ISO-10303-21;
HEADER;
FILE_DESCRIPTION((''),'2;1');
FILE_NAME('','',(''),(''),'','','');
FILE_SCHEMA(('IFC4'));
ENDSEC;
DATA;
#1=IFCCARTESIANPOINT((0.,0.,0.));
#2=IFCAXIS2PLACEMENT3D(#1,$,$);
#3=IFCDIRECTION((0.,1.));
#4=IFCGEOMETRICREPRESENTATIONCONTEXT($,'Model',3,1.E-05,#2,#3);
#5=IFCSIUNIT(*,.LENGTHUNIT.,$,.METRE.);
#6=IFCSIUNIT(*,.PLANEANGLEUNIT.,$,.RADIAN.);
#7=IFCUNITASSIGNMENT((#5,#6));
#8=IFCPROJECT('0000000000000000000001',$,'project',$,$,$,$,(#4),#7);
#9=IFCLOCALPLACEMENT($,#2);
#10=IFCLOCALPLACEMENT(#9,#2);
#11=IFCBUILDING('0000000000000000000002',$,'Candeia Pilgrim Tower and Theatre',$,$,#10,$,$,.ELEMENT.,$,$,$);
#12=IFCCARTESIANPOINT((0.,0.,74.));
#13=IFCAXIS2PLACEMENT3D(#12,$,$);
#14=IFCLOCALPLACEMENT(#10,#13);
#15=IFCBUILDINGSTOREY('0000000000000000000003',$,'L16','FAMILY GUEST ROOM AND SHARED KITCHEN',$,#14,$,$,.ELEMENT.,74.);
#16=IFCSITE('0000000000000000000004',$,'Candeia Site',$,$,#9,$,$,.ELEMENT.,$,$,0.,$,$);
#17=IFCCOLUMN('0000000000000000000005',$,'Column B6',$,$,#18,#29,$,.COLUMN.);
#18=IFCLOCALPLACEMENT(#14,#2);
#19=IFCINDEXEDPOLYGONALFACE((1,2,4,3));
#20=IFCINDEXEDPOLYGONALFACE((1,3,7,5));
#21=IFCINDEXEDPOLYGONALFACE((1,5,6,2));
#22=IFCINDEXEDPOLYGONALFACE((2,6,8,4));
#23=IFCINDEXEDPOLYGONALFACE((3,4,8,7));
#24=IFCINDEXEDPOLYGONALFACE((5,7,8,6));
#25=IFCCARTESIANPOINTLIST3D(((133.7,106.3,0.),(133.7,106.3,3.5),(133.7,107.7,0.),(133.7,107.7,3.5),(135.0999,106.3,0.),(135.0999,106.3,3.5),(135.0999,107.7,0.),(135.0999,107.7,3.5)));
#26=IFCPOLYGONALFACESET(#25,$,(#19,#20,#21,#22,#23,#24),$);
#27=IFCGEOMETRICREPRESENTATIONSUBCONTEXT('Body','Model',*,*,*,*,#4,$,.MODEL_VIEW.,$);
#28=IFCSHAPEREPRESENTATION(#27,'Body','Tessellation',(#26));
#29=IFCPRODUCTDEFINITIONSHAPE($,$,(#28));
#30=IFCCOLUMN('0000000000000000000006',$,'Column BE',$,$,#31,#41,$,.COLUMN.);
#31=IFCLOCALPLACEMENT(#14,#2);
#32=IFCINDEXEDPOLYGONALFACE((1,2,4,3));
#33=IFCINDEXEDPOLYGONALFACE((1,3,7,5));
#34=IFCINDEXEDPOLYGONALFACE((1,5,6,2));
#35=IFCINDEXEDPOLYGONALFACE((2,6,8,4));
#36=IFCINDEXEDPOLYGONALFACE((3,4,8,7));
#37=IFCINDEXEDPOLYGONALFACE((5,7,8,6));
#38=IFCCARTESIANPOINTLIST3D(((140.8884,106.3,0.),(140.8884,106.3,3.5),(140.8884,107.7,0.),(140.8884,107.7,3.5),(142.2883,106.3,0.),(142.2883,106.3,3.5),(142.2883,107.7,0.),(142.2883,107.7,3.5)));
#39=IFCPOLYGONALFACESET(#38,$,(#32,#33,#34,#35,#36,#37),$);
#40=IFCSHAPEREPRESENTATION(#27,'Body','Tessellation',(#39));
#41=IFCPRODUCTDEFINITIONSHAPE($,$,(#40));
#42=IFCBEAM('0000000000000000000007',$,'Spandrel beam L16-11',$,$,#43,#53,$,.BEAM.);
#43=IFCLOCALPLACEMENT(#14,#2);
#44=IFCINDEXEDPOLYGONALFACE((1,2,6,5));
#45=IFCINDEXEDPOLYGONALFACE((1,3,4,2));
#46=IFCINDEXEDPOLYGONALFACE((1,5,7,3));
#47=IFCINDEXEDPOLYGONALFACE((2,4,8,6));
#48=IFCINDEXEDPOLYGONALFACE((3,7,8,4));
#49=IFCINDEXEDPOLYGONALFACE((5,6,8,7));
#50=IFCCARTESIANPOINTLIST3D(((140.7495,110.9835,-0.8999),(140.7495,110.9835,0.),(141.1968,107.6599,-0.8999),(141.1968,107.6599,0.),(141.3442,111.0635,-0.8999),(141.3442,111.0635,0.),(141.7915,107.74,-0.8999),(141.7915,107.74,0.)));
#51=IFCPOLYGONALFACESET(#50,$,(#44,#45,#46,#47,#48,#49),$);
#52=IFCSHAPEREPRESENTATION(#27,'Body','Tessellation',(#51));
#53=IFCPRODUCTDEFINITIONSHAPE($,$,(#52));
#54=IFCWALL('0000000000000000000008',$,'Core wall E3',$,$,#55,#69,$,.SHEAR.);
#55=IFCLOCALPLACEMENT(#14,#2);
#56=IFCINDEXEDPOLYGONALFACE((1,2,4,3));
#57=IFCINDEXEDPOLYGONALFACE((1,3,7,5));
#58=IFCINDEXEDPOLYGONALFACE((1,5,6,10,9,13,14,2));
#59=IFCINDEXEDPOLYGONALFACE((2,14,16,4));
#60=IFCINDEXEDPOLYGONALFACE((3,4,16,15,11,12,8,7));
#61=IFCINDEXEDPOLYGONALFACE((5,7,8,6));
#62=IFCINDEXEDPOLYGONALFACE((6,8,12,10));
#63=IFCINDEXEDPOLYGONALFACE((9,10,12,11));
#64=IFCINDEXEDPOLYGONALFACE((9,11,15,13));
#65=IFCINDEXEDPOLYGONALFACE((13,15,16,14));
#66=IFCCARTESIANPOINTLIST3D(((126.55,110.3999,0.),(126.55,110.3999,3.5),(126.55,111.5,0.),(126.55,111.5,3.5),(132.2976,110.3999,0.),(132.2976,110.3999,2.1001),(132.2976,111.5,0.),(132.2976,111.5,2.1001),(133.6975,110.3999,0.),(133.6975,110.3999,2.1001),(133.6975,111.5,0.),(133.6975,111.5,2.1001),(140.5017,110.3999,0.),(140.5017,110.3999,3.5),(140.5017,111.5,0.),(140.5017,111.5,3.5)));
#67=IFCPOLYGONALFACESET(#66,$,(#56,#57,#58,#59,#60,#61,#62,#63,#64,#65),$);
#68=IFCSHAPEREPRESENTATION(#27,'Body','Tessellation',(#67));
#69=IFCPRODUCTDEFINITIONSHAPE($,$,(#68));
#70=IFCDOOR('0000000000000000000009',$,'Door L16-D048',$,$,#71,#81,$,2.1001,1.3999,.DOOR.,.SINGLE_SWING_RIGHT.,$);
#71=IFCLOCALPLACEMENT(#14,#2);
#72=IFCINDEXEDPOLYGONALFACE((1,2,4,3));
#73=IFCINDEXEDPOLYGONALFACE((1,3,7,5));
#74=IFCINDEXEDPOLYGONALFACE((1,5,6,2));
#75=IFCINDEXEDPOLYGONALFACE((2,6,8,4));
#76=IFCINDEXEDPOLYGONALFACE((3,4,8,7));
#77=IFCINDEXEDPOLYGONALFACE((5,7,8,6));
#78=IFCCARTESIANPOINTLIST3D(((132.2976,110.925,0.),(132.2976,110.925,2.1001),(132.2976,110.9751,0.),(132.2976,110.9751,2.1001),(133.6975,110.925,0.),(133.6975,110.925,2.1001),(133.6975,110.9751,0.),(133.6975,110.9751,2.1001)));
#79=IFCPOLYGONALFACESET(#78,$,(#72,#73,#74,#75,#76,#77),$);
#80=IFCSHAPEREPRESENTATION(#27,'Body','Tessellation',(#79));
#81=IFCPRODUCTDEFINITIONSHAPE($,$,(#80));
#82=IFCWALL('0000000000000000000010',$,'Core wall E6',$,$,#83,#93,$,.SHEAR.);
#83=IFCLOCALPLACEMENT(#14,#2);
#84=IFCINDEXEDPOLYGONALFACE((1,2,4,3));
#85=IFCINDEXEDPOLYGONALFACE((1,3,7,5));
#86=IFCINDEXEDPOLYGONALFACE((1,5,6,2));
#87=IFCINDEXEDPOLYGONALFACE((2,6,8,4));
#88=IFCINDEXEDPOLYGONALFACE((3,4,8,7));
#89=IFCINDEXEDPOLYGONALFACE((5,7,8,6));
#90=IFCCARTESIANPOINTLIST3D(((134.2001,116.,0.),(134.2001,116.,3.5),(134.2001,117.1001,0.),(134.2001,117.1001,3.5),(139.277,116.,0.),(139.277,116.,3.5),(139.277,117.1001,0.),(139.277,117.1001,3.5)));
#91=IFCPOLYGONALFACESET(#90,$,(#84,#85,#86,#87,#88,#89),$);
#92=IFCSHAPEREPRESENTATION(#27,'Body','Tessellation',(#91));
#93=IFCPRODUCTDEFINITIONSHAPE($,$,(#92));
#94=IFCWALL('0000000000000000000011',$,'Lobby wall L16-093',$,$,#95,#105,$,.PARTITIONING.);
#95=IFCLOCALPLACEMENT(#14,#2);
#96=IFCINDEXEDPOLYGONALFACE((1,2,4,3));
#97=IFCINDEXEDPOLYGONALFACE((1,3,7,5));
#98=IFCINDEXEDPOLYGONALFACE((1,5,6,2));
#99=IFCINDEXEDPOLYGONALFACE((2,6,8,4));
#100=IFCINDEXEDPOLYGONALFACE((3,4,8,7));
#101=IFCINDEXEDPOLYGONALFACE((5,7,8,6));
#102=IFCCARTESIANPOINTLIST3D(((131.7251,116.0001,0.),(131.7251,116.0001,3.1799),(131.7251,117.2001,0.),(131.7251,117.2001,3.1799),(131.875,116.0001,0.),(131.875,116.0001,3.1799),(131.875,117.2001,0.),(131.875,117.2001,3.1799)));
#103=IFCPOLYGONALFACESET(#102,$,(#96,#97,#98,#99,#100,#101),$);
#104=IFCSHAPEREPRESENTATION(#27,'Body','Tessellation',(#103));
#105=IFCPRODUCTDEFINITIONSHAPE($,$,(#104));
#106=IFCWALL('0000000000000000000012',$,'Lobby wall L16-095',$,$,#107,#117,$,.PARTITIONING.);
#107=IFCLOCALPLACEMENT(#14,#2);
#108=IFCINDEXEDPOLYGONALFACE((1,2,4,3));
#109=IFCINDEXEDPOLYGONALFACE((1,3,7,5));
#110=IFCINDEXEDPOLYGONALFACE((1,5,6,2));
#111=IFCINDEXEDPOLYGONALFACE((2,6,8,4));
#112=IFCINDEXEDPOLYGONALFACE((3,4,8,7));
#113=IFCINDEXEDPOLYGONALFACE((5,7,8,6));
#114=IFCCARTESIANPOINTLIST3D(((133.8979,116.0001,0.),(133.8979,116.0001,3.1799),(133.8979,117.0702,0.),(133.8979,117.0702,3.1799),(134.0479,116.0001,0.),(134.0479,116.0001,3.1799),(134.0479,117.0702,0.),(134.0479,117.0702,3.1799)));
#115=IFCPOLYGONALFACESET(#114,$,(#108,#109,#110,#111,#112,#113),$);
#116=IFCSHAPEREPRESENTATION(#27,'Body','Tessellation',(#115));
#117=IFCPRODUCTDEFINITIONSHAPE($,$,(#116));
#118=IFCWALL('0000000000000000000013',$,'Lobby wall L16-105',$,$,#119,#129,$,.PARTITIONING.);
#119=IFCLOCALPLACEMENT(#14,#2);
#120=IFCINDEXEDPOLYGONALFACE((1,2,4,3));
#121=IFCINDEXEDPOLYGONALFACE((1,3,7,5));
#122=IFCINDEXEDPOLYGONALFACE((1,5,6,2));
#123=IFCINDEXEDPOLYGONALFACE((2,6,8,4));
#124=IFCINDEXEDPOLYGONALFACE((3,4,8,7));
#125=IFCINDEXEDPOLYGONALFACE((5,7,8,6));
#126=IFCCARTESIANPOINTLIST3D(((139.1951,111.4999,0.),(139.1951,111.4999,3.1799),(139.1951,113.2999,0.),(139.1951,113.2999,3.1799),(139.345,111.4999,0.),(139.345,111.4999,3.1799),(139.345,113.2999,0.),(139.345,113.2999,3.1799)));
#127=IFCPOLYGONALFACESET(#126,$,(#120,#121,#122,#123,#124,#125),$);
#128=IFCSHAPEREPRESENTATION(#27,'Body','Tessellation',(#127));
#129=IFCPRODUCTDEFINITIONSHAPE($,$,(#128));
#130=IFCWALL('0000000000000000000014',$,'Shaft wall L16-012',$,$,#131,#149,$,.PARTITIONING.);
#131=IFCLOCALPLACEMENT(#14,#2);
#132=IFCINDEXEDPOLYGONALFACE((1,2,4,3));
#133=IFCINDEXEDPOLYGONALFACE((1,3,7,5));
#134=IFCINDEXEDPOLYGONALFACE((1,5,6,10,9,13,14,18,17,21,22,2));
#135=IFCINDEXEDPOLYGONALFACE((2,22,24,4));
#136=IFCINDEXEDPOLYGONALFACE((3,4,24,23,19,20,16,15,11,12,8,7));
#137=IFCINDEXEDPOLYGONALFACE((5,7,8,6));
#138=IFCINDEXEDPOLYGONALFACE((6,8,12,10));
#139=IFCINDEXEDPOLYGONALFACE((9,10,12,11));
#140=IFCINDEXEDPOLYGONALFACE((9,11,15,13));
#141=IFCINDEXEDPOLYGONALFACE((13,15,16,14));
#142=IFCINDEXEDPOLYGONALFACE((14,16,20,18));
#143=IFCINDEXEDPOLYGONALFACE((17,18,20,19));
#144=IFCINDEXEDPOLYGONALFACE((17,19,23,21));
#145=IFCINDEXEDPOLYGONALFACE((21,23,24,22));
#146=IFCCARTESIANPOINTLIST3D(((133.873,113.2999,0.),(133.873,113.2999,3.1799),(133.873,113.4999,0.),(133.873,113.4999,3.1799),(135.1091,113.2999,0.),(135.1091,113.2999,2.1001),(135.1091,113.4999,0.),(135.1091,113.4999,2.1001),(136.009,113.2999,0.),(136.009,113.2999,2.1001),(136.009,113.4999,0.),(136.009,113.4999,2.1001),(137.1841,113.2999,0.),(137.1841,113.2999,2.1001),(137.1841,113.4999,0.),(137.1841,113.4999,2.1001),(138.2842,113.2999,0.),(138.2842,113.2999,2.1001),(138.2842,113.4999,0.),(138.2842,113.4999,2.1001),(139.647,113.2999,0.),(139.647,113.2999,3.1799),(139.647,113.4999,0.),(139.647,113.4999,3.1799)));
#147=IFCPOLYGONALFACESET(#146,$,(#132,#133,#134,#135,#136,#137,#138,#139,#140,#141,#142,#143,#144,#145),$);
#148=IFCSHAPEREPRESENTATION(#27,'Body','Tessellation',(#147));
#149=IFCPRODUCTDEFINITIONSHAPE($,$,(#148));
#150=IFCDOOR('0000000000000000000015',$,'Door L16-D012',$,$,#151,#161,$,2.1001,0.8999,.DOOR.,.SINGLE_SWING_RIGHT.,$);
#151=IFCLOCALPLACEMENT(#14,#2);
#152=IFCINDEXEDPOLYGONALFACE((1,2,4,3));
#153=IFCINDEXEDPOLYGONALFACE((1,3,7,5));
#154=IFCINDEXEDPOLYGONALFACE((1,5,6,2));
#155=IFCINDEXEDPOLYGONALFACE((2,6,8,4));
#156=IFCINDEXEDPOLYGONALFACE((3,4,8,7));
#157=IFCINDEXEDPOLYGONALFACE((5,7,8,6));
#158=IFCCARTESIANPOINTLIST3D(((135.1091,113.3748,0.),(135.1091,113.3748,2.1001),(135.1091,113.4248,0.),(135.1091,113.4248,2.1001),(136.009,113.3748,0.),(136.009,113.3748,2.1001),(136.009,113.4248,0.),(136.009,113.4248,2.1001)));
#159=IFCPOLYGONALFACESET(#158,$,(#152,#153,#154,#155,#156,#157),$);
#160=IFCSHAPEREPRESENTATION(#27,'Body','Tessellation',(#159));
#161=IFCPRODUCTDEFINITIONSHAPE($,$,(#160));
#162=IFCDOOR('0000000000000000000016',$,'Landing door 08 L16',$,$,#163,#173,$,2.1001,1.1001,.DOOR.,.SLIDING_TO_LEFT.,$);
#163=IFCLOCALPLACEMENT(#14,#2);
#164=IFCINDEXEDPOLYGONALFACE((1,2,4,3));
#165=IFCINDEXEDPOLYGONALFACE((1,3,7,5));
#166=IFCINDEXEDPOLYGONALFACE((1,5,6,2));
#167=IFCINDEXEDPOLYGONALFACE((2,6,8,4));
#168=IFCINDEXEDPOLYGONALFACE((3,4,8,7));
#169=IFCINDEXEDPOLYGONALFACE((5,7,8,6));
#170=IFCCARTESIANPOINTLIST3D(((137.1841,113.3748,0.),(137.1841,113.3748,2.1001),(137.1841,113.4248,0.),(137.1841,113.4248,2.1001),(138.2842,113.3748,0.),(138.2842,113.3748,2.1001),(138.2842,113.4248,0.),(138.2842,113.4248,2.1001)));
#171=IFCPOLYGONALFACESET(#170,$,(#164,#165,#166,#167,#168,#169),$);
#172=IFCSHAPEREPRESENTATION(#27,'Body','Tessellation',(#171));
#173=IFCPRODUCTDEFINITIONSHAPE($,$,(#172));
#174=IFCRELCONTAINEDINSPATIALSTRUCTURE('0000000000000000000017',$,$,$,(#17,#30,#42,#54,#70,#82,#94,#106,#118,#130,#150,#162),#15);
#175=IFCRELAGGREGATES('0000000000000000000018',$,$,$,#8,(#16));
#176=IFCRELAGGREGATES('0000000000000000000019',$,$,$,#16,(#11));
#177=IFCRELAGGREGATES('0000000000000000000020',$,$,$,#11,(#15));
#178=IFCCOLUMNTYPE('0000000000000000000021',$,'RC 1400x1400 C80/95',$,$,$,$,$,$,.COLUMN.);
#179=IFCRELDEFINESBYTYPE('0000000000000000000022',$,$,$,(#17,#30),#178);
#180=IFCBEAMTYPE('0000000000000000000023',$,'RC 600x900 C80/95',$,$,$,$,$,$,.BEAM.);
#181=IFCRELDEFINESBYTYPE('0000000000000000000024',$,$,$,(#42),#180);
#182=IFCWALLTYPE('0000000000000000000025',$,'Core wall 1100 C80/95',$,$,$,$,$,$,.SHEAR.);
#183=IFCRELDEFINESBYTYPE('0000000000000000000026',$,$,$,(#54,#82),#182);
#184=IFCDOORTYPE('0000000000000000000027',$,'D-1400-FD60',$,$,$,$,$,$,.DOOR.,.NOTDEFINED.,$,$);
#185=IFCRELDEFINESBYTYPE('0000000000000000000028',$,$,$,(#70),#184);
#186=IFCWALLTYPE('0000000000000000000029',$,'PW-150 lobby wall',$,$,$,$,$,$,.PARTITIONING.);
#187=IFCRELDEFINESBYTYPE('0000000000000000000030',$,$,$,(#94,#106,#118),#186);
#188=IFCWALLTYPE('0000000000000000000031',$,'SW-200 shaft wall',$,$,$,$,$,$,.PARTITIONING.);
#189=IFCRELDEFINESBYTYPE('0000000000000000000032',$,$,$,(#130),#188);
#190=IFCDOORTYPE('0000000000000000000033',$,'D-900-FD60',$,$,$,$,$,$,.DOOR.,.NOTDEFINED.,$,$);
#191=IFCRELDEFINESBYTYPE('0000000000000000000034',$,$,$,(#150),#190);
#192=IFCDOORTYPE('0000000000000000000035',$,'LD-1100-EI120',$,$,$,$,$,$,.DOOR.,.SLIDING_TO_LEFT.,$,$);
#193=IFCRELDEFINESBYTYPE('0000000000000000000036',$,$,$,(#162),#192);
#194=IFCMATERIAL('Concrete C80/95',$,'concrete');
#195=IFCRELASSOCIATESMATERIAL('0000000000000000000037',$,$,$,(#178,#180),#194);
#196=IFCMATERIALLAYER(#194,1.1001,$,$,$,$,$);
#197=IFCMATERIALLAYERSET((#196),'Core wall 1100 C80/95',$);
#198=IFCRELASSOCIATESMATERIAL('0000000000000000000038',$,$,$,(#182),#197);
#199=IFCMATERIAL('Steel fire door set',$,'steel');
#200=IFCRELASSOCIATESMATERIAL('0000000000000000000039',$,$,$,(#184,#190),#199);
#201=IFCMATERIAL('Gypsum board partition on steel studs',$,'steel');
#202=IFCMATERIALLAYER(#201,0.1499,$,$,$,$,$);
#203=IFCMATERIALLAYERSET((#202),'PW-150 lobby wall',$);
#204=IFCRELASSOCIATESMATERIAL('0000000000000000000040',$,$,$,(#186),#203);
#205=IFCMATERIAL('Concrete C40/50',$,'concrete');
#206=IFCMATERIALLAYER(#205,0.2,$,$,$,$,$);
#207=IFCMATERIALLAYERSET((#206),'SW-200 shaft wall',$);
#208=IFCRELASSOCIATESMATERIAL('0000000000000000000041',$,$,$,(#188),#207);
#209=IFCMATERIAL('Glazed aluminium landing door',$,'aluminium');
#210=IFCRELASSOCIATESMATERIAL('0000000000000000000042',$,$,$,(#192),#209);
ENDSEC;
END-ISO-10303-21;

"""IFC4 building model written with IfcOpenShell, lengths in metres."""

from ifc_helpers import new_model, si_unit, direction, frame, frame_2d, origin, origin_2d, place, context, subcontext, project, spatial, rectangle, extrude, material, layer, layer_set, material_profile, profile_set, type_object, element, fill, save


model = new_model("IFC4")

# Units and contexts
model_context = context("Model", 3, precision=1e-05, world=origin(), true_north=direction((0.0, 1.0)))
body_context = subcontext(model_context, "Body", "Model", "MODEL_VIEW")
ifc_project = project(units=[si_unit("LENGTHUNIT", "METRE"), si_unit("PLANEANGLEUNIT", "RADIAN")], contexts=[model_context])

# Site, building, storey
site_placement = place(None, origin())
site = spatial("IfcSite", under=ifc_project, at=site_placement, Name="Candeia Site", CompositionType="ELEMENT", RefElevation=0.0)
building_placement = place(site_placement, origin())
building = spatial("IfcBuilding", under=site, at=building_placement, Name="Candeia Pilgrim Tower and Theatre", CompositionType="ELEMENT")
storey_placement = place(building_placement, frame((0.0, 0.0, 74.0)))
storey = spatial("IfcBuildingStorey", under=building, at=storey_placement, Name="L16", Description="FAMILY GUEST ROOM AND SHARED KITCHEN", CompositionType="ELEMENT", Elevation=74.0)

# Columns
ifc_material_1 = material(Name="Concrete C80/95", Category="concrete")
ifc_material_profile_1 = material_profile(ifc_material_1, rectangle(XDim=1.3999, YDim=1.3999, at=origin_2d()))
ifc_profile_set_1 = profile_set([ifc_material_profile_1], Name="Concrete C80/95")
column_type = type_object("IfcColumnType", Name="RC 1400x1400 C80/95", PredefinedType="COLUMN", material=ifc_profile_set_1)
for number, where, z_axis, x_axis, name in (
    (1, (134.3999, 107.0, 0.0), (0.0, 0.0, 1.0), (1.0, 0.0, 0.0), "Column B6"),
    (2, (141.5884, 107.0, 0.0), (0.0, 0.0, 1.0), (1.0, 0.0, 0.0), "Column BE"),
):
    element("IfcColumn", number, at=place(storey_placement, frame(where, z_axis=z_axis, x_axis=x_axis)), inside=storey, type_object=column_type, Name=name, PredefinedType="COLUMN", context=body_context, shape_type="SweptSolid", body=[
        extrude(rectangle(XDim=1.3999, YDim=1.3999, at=origin_2d()), origin(), (0.0, 0.0, 1.0), 3.5),
    ])

# Beam
ifc_material_profile_2 = material_profile(ifc_material_1, rectangle(XDim=0.6001, YDim=0.8999, at=origin_2d()))
ifc_profile_set_2 = profile_set([ifc_material_profile_2], Name="Concrete C80/95")
beam_type = type_object("IfcBeamType", Name="RC 600x900 C80/95", PredefinedType="BEAM", material=ifc_profile_set_2)
beam_placement = place(storey_placement, frame((141.4941, 107.7, -0.45), z_axis=(-0.133375, 0.991066, 0.0), x_axis=(-0.991066, -0.133375, 0.0)))
element("IfcBeam", 3, at=beam_placement, inside=storey, type_object=beam_type, Name="Spandrel beam L16-11", PredefinedType="BEAM", context=body_context, shape_type="SweptSolid", body=[
    extrude(rectangle(XDim=0.6001, YDim=0.8999, at=origin_2d()), origin(), (0.0, 0.0, 1.0), 3.3535),
])

# Wall, opening, door
ifc_layer_1 = layer(ifc_material_1, 1.1001)
ifc_layer_set_1 = layer_set([ifc_layer_1], Name="Core wall 1100 C80/95")
wall_type_1 = type_object("IfcWallType", Name="Core wall 1100 C80/95", PredefinedType="SHEAR", material=ifc_layer_set_1)
wall_1_placement = place(storey_placement, frame((140.5017, 110.95, 0.0), z_axis=(0.0, 0.0, 1.0), x_axis=(-1.0, 0.0, 0.0)))
wall_1 = element("IfcWall", 4, at=wall_1_placement, inside=storey, type_object=wall_type_1, Name="Core wall E3", PredefinedType="SHEAR", context=body_context, shape_type="SweptSolid", body=[
    extrude(rectangle(XDim=13.9517, YDim=1.1001, at=frame_2d((6.9758, 0.0))), origin(), (0.0, 0.0, 1.0), 3.5),
])
opening_1_placement = place(wall_1_placement, frame((6.8042, 0.0, 0.0)))
opening_1 = element("IfcOpeningElement", 5, at=opening_1_placement, cuts=wall_1, PredefinedType="OPENING", context=body_context, shape_type="SweptSolid", body=[
    extrude(rectangle(XDim=1.3999, YDim=2.1001, at=frame_2d((0.7, 1.05))), frame((0.0, 0.5601, 0.0), z_axis=(0.0, -1.0, 0.0), x_axis=(1.0, 0.0, 0.0)), (0.0, 0.0, 1.0), 1.1201),
])
ifc_material_2 = material(Name="Steel fire door set", Category="steel")
door_type_1 = type_object("IfcDoorType", Name="D-1400-FD60", OperationType="NOTDEFINED", PredefinedType="DOOR", material=ifc_material_2)
door_1_placement = place(opening_1_placement, origin())
door_1 = element("IfcDoor", 6, at=door_1_placement, inside=storey, type_object=door_type_1, Name="Door L16-D048", OperationType="SINGLE_SWING_RIGHT", OverallHeight=2.1001, OverallWidth=1.3999, PredefinedType="DOOR", context=body_context, shape_type="SweptSolid", body=[
    extrude(rectangle(XDim=1.3999, YDim=2.1001, at=frame_2d((0.7, 1.05))), frame((0.0, 0.0249, 0.0), z_axis=(0.0, -1.0, 0.0), x_axis=(1.0, 0.0, 0.0)), (0.0, 0.0, 1.0), 0.05),
])
fill(opening_1, door_1)

# Walls
wall_2_placement = place(storey_placement, frame((134.2, 116.55, 0.0), z_axis=(0.0, 0.0, 1.0), x_axis=(1.0, 0.0, 0.0)))
element("IfcWall", 7, at=wall_2_placement, inside=storey, type_object=wall_type_1, Name="Core wall E6", PredefinedType="SHEAR", context=body_context, shape_type="SweptSolid", body=[
    extrude(rectangle(XDim=5.0769, YDim=1.1001, at=frame_2d((2.5386, 0.0))), origin(), (0.0, 0.0, 1.0), 3.5),
])
ifc_material_3 = material(Name="Gypsum board partition on steel studs", Category="steel")
ifc_layer_2 = layer(ifc_material_3, 0.1499)
ifc_layer_set_2 = layer_set([ifc_layer_2], Name="PW-150 lobby wall")
wall_type_2 = type_object("IfcWallType", Name="PW-150 lobby wall", PredefinedType="PARTITIONING", material=ifc_layer_set_2)
wall_3_placement = place(storey_placement, frame((131.8, 116.0, 0.0), z_axis=(0.0, 0.0, 1.0), x_axis=(0.0, 1.0, 0.0)))
element("IfcWall", 8, at=wall_3_placement, inside=storey, type_object=wall_type_2, Name="Lobby wall L16-093", PredefinedType="PARTITIONING", context=body_context, shape_type="SweptSolid", body=[
    extrude(rectangle(XDim=1.2, YDim=0.1499, at=frame_2d((0.6001, 0.0))), origin(), (0.0, 0.0, 1.0), 3.1799),
])
wall_4_placement = place(storey_placement, frame((133.9729, 116.0, 0.0), z_axis=(0.0, 0.0, 1.0), x_axis=(0.0, 1.0, 0.0)))
element("IfcWall", 9, at=wall_4_placement, inside=storey, type_object=wall_type_2, Name="Lobby wall L16-095", PredefinedType="PARTITIONING", context=body_context, shape_type="SweptSolid", body=[
    extrude(rectangle(XDim=1.0701, YDim=0.1499, at=frame_2d((0.5352, 0.0))), origin(), (0.0, 0.0, 1.0), 3.1799),
])
wall_5_placement = place(storey_placement, frame((139.27, 111.5, 0.0), z_axis=(0.0, 0.0, 1.0), x_axis=(0.0, 1.0, 0.0)))
element("IfcWall", 10, at=wall_5_placement, inside=storey, type_object=wall_type_2, Name="Lobby wall L16-105", PredefinedType="PARTITIONING", context=body_context, shape_type="SweptSolid", body=[
    extrude(rectangle(XDim=1.8, YDim=0.1499, at=frame_2d((0.8999, 0.0))), origin(), (0.0, 0.0, 1.0), 3.1799),
])

# Wall, openings, doors
ifc_material_4 = material(Name="Concrete C40/50", Category="concrete")
ifc_layer_3 = layer(ifc_material_4, 0.2)
ifc_layer_set_3 = layer_set([ifc_layer_3], Name="SW-200 shaft wall")
wall_type_3 = type_object("IfcWallType", Name="SW-200 shaft wall", PredefinedType="PARTITIONING", material=ifc_layer_set_3)
wall_6_placement = place(storey_placement, frame((133.873, 113.3999, 0.0), z_axis=(0.0, 0.0, 1.0), x_axis=(1.0, 0.0, 0.0)))
wall_6 = element("IfcWall", 11, at=wall_6_placement, inside=storey, type_object=wall_type_3, Name="Shaft wall L16-012", PredefinedType="PARTITIONING", context=body_context, shape_type="SweptSolid", body=[
    extrude(rectangle(XDim=5.7739, YDim=0.2, at=frame_2d((2.887, 0.0))), origin(), (0.0, 0.0, 1.0), 3.1799),
])
opening_2_placement = place(wall_6_placement, frame((3.311, 0.0, 0.0)))
opening_2 = element("IfcOpeningElement", 12, at=opening_2_placement, cuts=wall_6, PredefinedType="OPENING", context=body_context, shape_type="SweptSolid", body=[
    extrude(rectangle(XDim=1.1001, YDim=2.1001, at=frame_2d((0.55, 1.05))), frame((0.0, 0.1099, 0.0), z_axis=(0.0, -1.0, 0.0), x_axis=(1.0, 0.0, 0.0)), (0.0, 0.0, 1.0), 0.22),
])
opening_3_placement = place(wall_6_placement, frame((1.2361, 0.0, 0.0)))
opening_3 = element("IfcOpeningElement", 13, at=opening_3_placement, cuts=wall_6, PredefinedType="OPENING", context=body_context, shape_type="SweptSolid", body=[
    extrude(rectangle(XDim=0.8999, YDim=2.1001, at=frame_2d((0.45, 1.05))), frame((0.0, 0.1099, 0.0), z_axis=(0.0, -1.0, 0.0), x_axis=(1.0, 0.0, 0.0)), (0.0, 0.0, 1.0), 0.22),
])
door_type_2 = type_object("IfcDoorType", Name="D-900-FD60", OperationType="NOTDEFINED", PredefinedType="DOOR", material=ifc_material_2)
door_2_placement = place(opening_3_placement, origin())
door_2 = element("IfcDoor", 14, at=door_2_placement, inside=storey, type_object=door_type_2, Name="Door L16-D012", OperationType="SINGLE_SWING_RIGHT", OverallHeight=2.1001, OverallWidth=0.8999, PredefinedType="DOOR", context=body_context, shape_type="SweptSolid", body=[
    extrude(rectangle(XDim=0.8999, YDim=2.1001, at=frame_2d((0.45, 1.05))), frame((0.0, 0.0249, 0.0), z_axis=(0.0, -1.0, 0.0), x_axis=(1.0, 0.0, 0.0)), (0.0, 0.0, 1.0), 0.05),
])
fill(opening_3, door_2)
ifc_material_5 = material(Name="Glazed aluminium landing door", Category="aluminium")
door_type_3 = type_object("IfcDoorType", Name="LD-1100-EI120", OperationType="SLIDING_TO_LEFT", PredefinedType="DOOR", material=ifc_material_5)
door_3_placement = place(opening_2_placement, origin())
door_3 = element("IfcDoor", 15, at=door_3_placement, inside=storey, type_object=door_type_3, Name="Landing door 08 L16", OperationType="SLIDING_TO_LEFT", OverallHeight=2.1001, OverallWidth=1.1001, PredefinedType="DOOR", context=body_context, shape_type="SweptSolid", body=[
    extrude(rectangle(XDim=1.1001, YDim=2.1001, at=frame_2d((0.55, 1.05))), frame((0.0, 0.0249, 0.0), z_axis=(0.0, -1.0, 0.0), x_axis=(1.0, 0.0, 0.0)), (0.0, 0.0, 1.0), 0.05),
])
fill(opening_2, door_3)

save(model, "model.ifc")
